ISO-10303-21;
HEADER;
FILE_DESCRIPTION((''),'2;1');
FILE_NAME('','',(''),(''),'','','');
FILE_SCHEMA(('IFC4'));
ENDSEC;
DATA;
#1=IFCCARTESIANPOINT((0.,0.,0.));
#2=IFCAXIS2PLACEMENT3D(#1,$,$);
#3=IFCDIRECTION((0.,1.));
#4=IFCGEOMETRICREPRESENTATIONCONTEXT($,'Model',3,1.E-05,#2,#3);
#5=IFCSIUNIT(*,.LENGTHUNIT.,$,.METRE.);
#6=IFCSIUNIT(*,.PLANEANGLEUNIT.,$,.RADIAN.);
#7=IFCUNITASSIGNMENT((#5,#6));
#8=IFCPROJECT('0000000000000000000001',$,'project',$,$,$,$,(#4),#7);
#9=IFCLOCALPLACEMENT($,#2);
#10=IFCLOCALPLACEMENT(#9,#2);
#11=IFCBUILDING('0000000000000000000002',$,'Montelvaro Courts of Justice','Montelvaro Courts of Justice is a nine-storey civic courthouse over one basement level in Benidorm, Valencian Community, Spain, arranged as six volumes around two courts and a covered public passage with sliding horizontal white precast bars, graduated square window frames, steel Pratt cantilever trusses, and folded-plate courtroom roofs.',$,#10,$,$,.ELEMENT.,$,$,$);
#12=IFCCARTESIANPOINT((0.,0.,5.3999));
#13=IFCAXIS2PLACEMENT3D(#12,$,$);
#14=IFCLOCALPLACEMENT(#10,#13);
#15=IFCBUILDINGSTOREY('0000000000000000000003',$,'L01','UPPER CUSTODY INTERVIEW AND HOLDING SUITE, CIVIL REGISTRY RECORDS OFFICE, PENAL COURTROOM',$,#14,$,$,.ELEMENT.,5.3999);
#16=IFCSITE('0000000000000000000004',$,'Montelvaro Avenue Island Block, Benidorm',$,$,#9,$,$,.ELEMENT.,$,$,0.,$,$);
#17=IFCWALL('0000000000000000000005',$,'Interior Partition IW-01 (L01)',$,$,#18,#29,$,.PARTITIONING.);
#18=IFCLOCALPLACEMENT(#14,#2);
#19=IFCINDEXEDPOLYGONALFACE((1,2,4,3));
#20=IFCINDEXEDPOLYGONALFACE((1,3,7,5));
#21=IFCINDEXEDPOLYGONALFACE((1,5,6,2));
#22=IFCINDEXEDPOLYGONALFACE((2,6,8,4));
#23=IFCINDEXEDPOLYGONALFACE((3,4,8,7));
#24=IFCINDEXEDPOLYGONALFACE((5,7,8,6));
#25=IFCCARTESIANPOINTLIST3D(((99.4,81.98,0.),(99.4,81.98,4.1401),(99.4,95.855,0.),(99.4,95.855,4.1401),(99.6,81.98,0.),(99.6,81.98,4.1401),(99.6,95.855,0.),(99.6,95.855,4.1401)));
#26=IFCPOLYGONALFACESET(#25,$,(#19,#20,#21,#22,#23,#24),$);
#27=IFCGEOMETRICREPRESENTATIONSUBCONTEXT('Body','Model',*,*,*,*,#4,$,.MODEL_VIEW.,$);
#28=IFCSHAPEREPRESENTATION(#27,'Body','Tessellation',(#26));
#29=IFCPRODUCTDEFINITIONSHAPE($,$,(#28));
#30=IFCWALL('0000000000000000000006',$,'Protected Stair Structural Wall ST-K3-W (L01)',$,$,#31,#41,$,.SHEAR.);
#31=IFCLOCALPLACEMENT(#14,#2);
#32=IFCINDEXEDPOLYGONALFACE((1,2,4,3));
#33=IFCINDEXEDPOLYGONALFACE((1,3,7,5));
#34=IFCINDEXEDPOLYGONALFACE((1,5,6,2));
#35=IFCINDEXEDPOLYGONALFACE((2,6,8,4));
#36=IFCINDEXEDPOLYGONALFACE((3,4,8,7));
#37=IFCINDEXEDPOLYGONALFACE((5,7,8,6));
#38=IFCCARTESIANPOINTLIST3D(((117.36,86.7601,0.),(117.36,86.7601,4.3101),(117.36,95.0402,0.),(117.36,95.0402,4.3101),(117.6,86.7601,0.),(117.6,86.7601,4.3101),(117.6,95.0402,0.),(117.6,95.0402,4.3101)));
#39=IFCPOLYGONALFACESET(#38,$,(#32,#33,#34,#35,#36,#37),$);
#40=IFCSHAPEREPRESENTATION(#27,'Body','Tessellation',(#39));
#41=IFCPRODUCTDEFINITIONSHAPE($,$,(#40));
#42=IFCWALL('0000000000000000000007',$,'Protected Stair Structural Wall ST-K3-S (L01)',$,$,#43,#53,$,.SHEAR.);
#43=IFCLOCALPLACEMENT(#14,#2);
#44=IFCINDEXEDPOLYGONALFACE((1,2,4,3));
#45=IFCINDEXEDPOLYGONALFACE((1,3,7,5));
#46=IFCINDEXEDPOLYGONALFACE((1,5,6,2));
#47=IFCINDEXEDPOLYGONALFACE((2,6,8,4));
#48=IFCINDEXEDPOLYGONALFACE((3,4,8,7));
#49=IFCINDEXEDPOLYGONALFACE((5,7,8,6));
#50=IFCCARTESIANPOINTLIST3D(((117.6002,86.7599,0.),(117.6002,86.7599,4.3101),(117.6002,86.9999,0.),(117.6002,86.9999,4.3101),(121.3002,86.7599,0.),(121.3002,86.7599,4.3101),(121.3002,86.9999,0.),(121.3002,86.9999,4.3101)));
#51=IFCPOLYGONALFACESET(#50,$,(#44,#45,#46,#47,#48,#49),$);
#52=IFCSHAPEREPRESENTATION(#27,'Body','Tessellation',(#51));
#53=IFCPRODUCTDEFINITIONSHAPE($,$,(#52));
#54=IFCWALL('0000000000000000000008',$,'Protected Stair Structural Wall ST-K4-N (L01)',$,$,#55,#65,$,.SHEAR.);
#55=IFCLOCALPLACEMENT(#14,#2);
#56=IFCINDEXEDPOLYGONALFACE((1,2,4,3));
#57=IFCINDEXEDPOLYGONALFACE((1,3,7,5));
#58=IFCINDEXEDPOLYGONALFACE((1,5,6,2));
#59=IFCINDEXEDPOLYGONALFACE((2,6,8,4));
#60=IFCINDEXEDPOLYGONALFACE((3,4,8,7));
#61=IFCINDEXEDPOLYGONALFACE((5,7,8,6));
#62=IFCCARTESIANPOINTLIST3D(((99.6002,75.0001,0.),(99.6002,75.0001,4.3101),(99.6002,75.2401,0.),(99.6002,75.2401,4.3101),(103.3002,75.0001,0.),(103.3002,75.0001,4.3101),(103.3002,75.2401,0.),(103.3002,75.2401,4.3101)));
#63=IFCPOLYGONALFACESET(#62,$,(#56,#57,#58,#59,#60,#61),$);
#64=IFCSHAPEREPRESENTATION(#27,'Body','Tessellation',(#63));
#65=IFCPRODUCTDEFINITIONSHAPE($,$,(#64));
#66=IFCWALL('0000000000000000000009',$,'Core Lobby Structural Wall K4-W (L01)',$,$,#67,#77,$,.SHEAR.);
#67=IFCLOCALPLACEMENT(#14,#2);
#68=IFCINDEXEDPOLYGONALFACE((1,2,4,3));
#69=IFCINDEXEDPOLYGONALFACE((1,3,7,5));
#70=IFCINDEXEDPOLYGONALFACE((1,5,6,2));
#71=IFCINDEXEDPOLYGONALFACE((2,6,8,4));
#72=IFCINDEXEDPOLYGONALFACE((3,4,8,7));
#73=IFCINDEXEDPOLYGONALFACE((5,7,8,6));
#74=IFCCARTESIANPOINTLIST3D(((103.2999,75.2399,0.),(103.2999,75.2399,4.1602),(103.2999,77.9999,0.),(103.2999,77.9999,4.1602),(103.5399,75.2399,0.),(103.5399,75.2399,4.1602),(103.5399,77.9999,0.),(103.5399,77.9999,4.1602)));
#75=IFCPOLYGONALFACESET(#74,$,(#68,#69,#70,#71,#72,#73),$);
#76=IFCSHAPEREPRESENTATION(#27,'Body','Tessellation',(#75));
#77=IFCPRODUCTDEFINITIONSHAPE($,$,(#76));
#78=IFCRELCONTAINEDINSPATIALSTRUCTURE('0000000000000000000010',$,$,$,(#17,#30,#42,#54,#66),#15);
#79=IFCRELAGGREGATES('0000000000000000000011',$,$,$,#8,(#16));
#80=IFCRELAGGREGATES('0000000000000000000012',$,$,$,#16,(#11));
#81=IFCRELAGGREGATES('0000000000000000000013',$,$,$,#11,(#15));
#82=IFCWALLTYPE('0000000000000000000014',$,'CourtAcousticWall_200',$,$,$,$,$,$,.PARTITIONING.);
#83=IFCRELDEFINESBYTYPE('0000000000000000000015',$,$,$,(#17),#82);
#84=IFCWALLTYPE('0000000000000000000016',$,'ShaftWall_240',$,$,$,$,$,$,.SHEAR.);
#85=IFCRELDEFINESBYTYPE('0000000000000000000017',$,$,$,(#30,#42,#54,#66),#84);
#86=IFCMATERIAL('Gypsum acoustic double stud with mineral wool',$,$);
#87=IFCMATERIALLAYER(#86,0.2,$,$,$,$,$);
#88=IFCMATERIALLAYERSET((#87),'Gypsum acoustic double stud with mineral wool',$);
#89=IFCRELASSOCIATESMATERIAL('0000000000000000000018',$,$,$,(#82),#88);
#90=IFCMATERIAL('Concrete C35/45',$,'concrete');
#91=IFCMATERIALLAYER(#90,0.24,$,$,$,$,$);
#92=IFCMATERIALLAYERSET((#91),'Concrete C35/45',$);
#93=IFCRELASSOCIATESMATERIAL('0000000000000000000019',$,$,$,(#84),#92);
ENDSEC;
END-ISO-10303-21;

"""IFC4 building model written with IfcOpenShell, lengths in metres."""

from ifc_helpers import new_model, si_unit, direction, frame, frame_2d, origin, place, context, subcontext, project, spatial, rectangle, extrude, material, layer, layer_set, type_object, element, save


model = new_model("IFC4")

# Units and contexts
model_context = context("Model", 3, precision=1e-05, world=origin(), true_north=direction((0.0, 1.0)))
body_context = subcontext(model_context, "Body", "Model", "MODEL_VIEW")
ifc_project = project(units=[si_unit("LENGTHUNIT", "METRE"), si_unit("PLANEANGLEUNIT", "RADIAN")], contexts=[model_context])

# Site, building, storey
site_placement = place(None, origin())
site = spatial("IfcSite", under=ifc_project, at=site_placement, Name="Montelvaro Avenue Island Block, Benidorm", CompositionType="ELEMENT", RefElevation=0.0)
building_placement = place(site_placement, origin())
building = spatial("IfcBuilding", under=site, at=building_placement, Name="Montelvaro Courts of Justice", Description="Montelvaro Courts of Justice is a nine-storey civic courthouse over one basement level in Benidorm, Valencian Community, Spain, arranged as six volumes around two courts and a covered public passage with sliding horizontal white precast bars, graduated square window frames, steel Pratt cantilever trusses, and folded-plate courtroom roofs.", CompositionType="ELEMENT")
storey_placement = place(building_placement, frame((0.0, 0.0, 5.3999)))
storey = spatial("IfcBuildingStorey", under=building, at=storey_placement, Name="L01", Description="UPPER CUSTODY INTERVIEW AND HOLDING SUITE, CIVIL REGISTRY RECORDS OFFICE, PENAL COURTROOM", CompositionType="ELEMENT", Elevation=5.3999)

# Shared definitions
ifc_material_1 = material(Name="Gypsum acoustic double stud with mineral wool")
ifc_layer_1 = layer(ifc_material_1, 0.2)
ifc_layer_set_1 = layer_set([ifc_layer_1], Name="Gypsum acoustic double stud with mineral wool")
wall_type_1 = type_object("IfcWallType", Name="CourtAcousticWall_200", PredefinedType="PARTITIONING", material=ifc_layer_set_1)

# Walls
wall_1_placement = place(storey_placement, frame((99.5, 81.98, 0.0), z_axis=(0.0, 0.0, 1.0), x_axis=(0.0, 1.0, 0.0)))
element("IfcWall", 1, at=wall_1_placement, inside=storey, type_object=wall_type_1, Name="Interior Partition IW-01 (L01)", PredefinedType="PARTITIONING", context=body_context, shape_type="SweptSolid", body=[
    extrude(rectangle(XDim=13.875, YDim=0.2, at=frame_2d((6.9375, 0.0))), origin(), (0.0, 0.0, 1.0), 4.1401),
])
ifc_material_2 = material(Name="Concrete C35/45", Category="concrete")
ifc_layer_2 = layer(ifc_material_2, 0.24)
ifc_layer_set_2 = layer_set([ifc_layer_2], Name="Concrete C35/45")
wall_type_2 = type_object("IfcWallType", Name="ShaftWall_240", PredefinedType="SHEAR", material=ifc_layer_set_2)
wall_2_placement = place(storey_placement, frame((117.48, 86.76, 0.0), z_axis=(0.0, 0.0, 1.0), x_axis=(0.0, 1.0, 0.0)))
element("IfcWall", 2, at=wall_2_placement, inside=storey, type_object=wall_type_2, Name="Protected Stair Structural Wall ST-K3-W (L01)", PredefinedType="SHEAR", context=body_context, shape_type="SweptSolid", body=[
    extrude(rectangle(XDim=8.28, YDim=0.24, at=frame_2d((4.1401, 0.0))), origin(), (0.0, 0.0, 1.0), 4.3101),
])
for number, where, z_axis, x_axis, name in (
    (3, (117.6001, 86.8799, 0.0), (0.0, 0.0, 1.0), (1.0, 0.0, 0.0), "Protected Stair Structural Wall ST-K3-S (L01)"),
    (4, (99.6001, 75.1201, 0.0), (0.0, 0.0, 1.0), (1.0, 0.0, 0.0), "Protected Stair Structural Wall ST-K4-N (L01)"),
):
    element("IfcWall", number, at=place(storey_placement, frame(where, z_axis=z_axis, x_axis=x_axis)), inside=storey, type_object=wall_type_2, Name=name, PredefinedType="SHEAR", context=body_context, shape_type="SweptSolid", body=[
        extrude(rectangle(XDim=3.7, YDim=0.24, at=frame_2d((1.8501, 0.0))), origin(), (0.0, 0.0, 1.0), 4.3101),
    ])
wall_3_placement = place(storey_placement, frame((103.4199, 75.24, 0.0), z_axis=(0.0, 0.0, 1.0), x_axis=(0.0, 1.0, 0.0)))
element("IfcWall", 5, at=wall_3_placement, inside=storey, type_object=wall_type_2, Name="Core Lobby Structural Wall K4-W (L01)", PredefinedType="SHEAR", context=body_context, shape_type="SweptSolid", body=[
    extrude(rectangle(XDim=2.76, YDim=0.24, at=frame_2d((1.3799, 0.0))), origin(), (0.0, 0.0, 1.0), 4.1602),
])

save(model, "model.ifc")
